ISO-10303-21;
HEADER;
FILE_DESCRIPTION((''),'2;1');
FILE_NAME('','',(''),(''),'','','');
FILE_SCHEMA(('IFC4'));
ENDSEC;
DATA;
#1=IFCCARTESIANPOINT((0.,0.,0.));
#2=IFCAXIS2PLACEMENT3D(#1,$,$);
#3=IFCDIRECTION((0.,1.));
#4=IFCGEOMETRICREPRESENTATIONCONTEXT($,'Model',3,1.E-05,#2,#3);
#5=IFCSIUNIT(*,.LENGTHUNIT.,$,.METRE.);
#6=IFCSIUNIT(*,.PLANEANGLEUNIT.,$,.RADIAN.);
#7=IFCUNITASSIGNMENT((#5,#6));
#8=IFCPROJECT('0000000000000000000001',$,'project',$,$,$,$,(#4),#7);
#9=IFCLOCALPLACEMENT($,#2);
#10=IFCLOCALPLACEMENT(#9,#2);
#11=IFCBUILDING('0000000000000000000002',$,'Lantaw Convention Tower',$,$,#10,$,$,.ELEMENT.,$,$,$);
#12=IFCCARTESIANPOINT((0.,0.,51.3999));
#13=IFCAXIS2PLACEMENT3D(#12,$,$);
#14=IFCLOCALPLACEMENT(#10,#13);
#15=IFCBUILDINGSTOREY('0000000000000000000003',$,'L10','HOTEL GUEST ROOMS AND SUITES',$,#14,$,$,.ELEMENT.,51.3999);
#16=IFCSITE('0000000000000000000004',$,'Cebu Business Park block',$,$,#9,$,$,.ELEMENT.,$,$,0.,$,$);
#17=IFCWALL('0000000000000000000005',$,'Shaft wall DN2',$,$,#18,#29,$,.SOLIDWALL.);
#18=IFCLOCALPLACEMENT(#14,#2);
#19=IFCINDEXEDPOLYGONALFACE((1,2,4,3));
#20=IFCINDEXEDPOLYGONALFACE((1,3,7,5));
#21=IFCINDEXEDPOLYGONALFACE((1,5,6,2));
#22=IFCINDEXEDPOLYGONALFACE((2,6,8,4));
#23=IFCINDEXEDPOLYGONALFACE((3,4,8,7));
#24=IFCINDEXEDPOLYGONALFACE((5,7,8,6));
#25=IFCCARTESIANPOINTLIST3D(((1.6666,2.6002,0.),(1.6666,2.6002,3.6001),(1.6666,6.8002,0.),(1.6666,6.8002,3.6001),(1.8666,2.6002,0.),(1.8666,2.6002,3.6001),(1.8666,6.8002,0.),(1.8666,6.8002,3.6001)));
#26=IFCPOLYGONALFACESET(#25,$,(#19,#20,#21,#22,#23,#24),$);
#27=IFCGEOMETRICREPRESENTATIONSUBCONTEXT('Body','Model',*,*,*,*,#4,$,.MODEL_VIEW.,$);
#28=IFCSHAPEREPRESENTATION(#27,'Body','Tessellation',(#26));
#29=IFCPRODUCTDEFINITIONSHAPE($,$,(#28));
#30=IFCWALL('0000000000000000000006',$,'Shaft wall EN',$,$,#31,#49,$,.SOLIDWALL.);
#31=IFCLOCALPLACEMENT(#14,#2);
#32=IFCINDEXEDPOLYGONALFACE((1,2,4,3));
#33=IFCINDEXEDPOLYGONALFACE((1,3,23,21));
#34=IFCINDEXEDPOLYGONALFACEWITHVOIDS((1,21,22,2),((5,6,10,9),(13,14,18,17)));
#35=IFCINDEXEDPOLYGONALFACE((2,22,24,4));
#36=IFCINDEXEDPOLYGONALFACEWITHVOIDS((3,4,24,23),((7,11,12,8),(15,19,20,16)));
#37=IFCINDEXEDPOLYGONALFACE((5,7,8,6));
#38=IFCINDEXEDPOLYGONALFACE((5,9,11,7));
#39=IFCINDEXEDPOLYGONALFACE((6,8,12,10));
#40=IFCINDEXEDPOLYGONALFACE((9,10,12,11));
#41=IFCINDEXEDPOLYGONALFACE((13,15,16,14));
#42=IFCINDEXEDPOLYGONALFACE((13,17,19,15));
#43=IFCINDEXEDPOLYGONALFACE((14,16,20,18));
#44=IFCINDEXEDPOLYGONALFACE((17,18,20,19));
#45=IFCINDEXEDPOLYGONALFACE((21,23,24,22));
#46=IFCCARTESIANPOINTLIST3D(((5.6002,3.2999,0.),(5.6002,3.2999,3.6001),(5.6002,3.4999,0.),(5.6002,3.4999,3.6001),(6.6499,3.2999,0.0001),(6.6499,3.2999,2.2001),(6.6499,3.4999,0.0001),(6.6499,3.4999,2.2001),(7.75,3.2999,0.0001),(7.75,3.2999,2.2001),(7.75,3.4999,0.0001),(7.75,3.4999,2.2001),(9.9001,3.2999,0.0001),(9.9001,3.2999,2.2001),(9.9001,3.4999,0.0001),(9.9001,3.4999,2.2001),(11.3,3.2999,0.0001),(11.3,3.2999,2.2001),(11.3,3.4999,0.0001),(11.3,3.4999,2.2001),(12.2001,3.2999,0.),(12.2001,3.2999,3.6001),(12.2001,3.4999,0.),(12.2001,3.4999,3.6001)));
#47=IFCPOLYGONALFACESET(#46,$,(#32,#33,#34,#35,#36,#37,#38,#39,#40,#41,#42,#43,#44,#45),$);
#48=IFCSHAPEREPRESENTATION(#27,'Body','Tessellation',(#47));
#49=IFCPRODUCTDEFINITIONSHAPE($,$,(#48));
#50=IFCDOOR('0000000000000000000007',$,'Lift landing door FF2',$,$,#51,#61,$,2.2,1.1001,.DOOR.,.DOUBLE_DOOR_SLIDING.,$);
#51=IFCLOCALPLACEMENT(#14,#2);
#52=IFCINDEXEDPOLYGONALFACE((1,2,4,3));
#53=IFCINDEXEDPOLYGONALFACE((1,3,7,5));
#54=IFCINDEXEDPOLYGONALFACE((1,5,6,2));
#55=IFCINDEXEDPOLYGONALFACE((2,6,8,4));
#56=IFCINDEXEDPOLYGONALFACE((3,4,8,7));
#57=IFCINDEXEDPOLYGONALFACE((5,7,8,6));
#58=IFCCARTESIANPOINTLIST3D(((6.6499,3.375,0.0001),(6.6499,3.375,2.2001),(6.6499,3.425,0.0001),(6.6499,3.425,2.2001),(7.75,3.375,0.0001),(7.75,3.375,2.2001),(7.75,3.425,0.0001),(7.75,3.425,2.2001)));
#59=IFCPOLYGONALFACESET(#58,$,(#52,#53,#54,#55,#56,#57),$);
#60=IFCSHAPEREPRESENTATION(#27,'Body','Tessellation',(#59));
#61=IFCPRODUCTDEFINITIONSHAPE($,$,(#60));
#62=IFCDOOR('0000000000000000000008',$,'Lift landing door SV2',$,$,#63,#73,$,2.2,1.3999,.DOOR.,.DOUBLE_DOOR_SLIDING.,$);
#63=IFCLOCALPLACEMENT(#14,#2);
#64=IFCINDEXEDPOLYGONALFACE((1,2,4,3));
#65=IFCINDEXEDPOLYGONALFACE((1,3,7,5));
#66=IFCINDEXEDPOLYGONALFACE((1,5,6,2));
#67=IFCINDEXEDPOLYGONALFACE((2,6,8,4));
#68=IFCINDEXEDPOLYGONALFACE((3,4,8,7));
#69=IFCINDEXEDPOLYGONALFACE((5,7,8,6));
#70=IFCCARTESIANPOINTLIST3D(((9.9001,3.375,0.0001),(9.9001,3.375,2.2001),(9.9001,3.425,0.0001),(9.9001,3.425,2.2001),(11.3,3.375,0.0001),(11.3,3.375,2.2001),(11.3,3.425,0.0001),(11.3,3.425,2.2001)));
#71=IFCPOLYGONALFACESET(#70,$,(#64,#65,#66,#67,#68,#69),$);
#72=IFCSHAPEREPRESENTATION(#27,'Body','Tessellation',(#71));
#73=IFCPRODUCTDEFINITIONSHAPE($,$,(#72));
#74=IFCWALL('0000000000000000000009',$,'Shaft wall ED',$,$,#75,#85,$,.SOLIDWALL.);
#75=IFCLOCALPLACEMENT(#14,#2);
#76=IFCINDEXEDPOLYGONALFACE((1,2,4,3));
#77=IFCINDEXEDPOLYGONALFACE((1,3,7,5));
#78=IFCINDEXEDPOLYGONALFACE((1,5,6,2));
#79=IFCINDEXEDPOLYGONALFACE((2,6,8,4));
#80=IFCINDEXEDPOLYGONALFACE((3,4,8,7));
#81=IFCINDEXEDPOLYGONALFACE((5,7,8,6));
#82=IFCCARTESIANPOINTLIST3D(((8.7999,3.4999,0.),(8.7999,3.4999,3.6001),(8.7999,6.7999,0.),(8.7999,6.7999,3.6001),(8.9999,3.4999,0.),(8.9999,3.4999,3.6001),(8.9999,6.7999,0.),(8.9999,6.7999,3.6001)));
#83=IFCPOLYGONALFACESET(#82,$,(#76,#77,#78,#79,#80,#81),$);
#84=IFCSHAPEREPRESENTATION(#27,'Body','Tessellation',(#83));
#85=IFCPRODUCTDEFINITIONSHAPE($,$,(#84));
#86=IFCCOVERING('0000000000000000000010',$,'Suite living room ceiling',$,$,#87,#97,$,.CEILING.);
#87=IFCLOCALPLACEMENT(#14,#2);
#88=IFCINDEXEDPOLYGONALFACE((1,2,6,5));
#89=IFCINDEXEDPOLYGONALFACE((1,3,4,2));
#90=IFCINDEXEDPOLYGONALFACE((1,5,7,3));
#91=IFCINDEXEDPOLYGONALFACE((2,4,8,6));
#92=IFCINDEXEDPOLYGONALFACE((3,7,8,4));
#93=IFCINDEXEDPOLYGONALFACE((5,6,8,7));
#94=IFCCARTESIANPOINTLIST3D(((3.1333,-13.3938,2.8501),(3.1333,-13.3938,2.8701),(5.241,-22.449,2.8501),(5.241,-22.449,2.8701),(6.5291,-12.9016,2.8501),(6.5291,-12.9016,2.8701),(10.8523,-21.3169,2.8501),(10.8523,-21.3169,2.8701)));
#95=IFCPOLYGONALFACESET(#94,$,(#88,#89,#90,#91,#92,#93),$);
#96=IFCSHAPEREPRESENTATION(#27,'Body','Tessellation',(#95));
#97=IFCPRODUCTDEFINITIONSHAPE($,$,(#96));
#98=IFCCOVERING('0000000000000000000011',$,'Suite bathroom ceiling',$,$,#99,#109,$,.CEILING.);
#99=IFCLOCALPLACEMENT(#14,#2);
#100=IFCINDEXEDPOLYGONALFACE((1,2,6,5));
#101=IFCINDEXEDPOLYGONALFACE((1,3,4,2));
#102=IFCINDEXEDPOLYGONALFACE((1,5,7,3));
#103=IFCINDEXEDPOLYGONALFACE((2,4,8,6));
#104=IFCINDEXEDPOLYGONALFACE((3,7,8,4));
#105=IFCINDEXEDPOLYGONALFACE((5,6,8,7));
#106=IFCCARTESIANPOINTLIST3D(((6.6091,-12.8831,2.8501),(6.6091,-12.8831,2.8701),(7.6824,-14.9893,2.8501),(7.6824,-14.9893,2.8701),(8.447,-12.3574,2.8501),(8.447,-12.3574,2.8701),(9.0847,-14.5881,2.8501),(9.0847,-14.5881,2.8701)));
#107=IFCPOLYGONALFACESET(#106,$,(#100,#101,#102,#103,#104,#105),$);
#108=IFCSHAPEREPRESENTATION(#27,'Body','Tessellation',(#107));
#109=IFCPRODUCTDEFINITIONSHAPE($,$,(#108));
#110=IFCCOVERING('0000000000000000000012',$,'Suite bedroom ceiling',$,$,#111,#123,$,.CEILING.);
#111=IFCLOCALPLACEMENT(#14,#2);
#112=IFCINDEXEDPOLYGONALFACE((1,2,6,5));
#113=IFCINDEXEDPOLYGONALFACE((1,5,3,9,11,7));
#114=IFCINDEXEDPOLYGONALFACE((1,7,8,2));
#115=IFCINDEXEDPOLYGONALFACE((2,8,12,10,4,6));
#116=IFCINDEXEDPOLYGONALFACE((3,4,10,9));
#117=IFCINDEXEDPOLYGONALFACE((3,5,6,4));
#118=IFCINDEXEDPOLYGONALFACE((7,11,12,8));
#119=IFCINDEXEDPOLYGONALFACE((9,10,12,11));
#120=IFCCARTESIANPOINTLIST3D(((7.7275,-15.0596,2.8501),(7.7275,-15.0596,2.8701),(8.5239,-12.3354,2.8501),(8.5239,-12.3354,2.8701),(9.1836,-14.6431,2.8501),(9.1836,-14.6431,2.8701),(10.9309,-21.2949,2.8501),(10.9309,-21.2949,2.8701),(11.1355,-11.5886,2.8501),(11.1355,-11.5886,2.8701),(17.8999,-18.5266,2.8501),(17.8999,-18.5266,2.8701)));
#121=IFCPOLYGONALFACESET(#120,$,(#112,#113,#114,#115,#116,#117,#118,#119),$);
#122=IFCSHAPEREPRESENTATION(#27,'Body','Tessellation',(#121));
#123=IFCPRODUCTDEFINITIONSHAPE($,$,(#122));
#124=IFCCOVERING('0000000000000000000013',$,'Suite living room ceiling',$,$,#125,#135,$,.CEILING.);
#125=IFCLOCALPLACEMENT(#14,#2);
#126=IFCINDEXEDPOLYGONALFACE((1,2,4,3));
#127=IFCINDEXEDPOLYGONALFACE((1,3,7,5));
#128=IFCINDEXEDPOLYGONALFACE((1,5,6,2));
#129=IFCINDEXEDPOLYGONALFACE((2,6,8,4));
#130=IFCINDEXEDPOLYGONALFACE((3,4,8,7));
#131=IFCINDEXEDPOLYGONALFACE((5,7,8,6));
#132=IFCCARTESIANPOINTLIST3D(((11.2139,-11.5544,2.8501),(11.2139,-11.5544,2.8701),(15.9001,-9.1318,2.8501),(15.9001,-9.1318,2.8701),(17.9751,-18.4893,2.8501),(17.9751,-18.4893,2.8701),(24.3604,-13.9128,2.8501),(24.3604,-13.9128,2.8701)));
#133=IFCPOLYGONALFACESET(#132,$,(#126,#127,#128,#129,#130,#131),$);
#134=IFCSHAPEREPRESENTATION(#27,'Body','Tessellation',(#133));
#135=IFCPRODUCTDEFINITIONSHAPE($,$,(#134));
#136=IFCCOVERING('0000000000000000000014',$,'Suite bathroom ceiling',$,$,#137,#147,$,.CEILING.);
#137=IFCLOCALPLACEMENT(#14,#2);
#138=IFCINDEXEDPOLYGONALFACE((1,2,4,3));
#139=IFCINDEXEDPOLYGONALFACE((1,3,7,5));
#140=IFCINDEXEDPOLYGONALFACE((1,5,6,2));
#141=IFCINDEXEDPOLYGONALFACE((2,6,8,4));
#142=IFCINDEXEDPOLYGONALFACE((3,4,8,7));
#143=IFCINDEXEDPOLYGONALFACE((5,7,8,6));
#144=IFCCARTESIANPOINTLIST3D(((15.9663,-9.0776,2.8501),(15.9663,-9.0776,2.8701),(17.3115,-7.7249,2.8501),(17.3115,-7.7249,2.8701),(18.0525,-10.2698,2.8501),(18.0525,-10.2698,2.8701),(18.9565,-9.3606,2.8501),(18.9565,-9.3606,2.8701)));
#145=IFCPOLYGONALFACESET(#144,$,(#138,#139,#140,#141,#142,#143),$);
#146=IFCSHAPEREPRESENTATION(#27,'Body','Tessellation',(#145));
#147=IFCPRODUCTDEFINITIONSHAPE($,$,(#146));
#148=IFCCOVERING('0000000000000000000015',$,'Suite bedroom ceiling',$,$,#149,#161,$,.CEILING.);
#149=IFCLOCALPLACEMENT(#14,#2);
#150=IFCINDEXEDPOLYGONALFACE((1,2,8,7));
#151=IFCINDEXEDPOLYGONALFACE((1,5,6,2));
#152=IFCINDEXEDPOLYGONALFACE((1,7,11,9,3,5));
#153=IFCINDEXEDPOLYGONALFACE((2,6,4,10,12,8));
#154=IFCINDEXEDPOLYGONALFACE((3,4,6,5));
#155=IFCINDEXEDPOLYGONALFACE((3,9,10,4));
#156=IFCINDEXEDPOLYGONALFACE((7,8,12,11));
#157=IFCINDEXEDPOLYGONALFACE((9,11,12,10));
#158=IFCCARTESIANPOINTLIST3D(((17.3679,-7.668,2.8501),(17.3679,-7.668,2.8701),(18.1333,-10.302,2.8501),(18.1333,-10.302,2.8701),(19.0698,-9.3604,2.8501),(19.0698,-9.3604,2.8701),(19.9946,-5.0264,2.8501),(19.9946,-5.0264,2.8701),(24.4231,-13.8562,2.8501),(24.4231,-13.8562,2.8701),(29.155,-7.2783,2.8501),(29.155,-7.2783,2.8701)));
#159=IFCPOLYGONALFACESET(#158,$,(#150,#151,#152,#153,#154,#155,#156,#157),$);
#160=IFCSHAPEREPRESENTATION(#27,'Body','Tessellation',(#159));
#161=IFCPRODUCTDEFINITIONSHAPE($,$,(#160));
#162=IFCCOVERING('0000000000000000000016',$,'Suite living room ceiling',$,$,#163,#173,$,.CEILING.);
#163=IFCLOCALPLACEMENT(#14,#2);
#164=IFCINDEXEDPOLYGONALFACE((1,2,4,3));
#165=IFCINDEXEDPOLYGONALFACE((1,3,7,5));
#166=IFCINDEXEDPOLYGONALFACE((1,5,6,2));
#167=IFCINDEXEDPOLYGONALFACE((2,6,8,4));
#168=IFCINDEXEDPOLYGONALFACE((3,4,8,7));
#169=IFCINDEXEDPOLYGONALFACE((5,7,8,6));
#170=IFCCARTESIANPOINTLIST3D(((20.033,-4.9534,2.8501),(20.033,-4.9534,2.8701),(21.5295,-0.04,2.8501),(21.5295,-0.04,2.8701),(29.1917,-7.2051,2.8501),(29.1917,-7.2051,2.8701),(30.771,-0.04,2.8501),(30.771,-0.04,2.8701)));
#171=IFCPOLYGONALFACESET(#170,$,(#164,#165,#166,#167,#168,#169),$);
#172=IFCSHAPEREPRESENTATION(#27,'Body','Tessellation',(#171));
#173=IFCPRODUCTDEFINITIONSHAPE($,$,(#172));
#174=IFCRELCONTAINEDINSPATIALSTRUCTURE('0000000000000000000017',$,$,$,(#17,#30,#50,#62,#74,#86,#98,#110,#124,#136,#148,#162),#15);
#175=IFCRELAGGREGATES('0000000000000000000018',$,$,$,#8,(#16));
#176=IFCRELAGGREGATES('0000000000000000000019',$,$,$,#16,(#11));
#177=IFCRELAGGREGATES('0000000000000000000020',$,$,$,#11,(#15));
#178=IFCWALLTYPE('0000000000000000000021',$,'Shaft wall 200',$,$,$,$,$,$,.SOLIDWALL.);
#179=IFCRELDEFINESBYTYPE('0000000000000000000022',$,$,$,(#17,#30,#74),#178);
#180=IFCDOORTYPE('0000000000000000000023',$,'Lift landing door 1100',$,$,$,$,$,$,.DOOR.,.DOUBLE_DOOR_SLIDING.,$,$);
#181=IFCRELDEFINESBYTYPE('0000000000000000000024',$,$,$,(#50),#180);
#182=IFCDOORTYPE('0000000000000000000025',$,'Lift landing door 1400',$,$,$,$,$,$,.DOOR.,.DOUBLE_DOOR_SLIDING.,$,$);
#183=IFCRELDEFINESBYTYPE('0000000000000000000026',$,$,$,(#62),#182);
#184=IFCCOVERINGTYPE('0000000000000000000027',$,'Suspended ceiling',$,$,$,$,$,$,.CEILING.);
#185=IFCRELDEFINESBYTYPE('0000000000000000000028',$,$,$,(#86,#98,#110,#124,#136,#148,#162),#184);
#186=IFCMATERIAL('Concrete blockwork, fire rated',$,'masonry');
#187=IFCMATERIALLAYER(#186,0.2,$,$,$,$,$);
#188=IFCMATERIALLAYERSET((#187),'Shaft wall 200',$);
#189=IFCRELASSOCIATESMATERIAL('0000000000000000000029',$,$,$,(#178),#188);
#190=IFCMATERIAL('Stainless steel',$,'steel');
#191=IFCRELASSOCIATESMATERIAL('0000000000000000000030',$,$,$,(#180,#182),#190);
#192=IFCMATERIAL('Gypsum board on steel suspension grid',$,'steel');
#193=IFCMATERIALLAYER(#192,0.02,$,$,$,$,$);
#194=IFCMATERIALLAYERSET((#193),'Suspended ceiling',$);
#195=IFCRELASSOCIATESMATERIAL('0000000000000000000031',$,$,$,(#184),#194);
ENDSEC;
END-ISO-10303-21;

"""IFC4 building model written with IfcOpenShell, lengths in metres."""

from ifc_helpers import new_model, si_unit, direction, frame, frame_2d, origin, place, context, subcontext, project, spatial, polyline, rectangle, outline, extrude, material, layer, layer_set, type_object, element, fill, save


model = new_model("IFC4")

# Units and contexts
model_context = context("Model", 3, precision=1e-05, world=origin(), true_north=direction((0.0, 1.0)))
body_context = subcontext(model_context, "Body", "Model", "MODEL_VIEW")
ifc_project = project(units=[si_unit("LENGTHUNIT", "METRE"), si_unit("PLANEANGLEUNIT", "RADIAN")], contexts=[model_context])

# Site, building, storey
site_placement = place(None, origin())
site = spatial("IfcSite", under=ifc_project, at=site_placement, Name="Cebu Business Park block", CompositionType="ELEMENT", RefElevation=0.0)
building_placement = place(site_placement, origin())
building = spatial("IfcBuilding", under=site, at=building_placement, Name="Lantaw Convention Tower", CompositionType="ELEMENT")
storey_placement = place(building_placement, frame((0.0, 0.0, 51.3999)))
storey = spatial("IfcBuildingStorey", under=building, at=storey_placement, Name="L10", Description="HOTEL GUEST ROOMS AND SUITES", CompositionType="ELEMENT", Elevation=51.3999)

# Wall
ifc_material_1 = material(Name="Concrete blockwork, fire rated", Category="masonry")
ifc_layer_1 = layer(ifc_material_1, 0.2)
ifc_layer_set_1 = layer_set([ifc_layer_1], Name="Shaft wall 200")
wall_type_1 = type_object("IfcWallType", Name="Shaft wall 200", PredefinedType="SOLIDWALL", material=ifc_layer_set_1)
wall_1_placement = place(storey_placement, frame((1.7666, 2.6001, 0.0), z_axis=(0.0, 0.0, 1.0), x_axis=(0.0, 1.0, 0.0)))
element("IfcWall", 1, at=wall_1_placement, inside=storey, type_object=wall_type_1, Name="Shaft wall DN2", PredefinedType="SOLIDWALL", context=body_context, shape_type="SweptSolid", body=[
    extrude(rectangle(XDim=4.2, YDim=0.2, at=frame_2d((2.1001, 0.0))), origin(), (0.0, 0.0, 1.0), 3.6001),
])

# Wall, openings, doors
wall_2_placement = place(storey_placement, frame((12.2, 3.3999, 0.0), z_axis=(0.0, 0.0, 1.0), x_axis=(-1.0, 0.0, 0.0)))
wall_2 = element("IfcWall", 2, at=wall_2_placement, inside=storey, type_object=wall_type_1, Name="Shaft wall EN", PredefinedType="SOLIDWALL", context=body_context, shape_type="SweptSolid", body=[
    extrude(rectangle(XDim=6.5999, YDim=0.2, at=frame_2d((3.2998, 0.0))), origin(), (0.0, 0.0, 1.0), 3.6001),
])
opening_1_placement = place(wall_2_placement, frame((4.45, 0.0, 0.0)))
opening_1 = element("IfcOpeningElement", 3, at=opening_1_placement, cuts=wall_2, PredefinedType="OPENING", context=body_context, shape_type="SweptSolid", body=[
    extrude(rectangle(XDim=1.1001, YDim=2.2, at=frame_2d((0.55, 1.1001))), frame((0.0, 0.1099, 0.0), z_axis=(0.0, -1.0, 0.0), x_axis=(1.0, 0.0, 0.0)), (0.0, 0.0, 1.0), 0.22),
])
opening_2_placement = place(wall_2_placement, frame((0.8999, 0.0, 0.0)))
opening_2 = element("IfcOpeningElement", 4, at=opening_2_placement, cuts=wall_2, PredefinedType="OPENING", context=body_context, shape_type="SweptSolid", body=[
    extrude(rectangle(XDim=1.3999, YDim=2.2, at=frame_2d((0.7, 1.1001))), frame((0.0, 0.1099, 0.0), z_axis=(0.0, -1.0, 0.0), x_axis=(1.0, 0.0, 0.0)), (0.0, 0.0, 1.0), 0.22),
])
ifc_material_2 = material(Name="Stainless steel", Category="steel")
door_type_1 = type_object("IfcDoorType", Name="Lift landing door 1100", OperationType="DOUBLE_DOOR_SLIDING", PredefinedType="DOOR", material=ifc_material_2)
door_1_placement = place(opening_1_placement, origin())
door_1 = element("IfcDoor", 5, at=door_1_placement, inside=storey, type_object=door_type_1, Name="Lift landing door FF2", OperationType="DOUBLE_DOOR_SLIDING", OverallHeight=2.2, OverallWidth=1.1001, PredefinedType="DOOR", context=body_context, shape_type="SweptSolid", body=[
    extrude(rectangle(XDim=1.1001, YDim=2.2, at=frame_2d((0.55, 1.1001))), frame((0.0, 0.0249, 0.0), z_axis=(0.0, -1.0, 0.0), x_axis=(1.0, 0.0, 0.0)), (0.0, 0.0, 1.0), 0.05),
])
fill(opening_1, door_1)
door_type_2 = type_object("IfcDoorType", Name="Lift landing door 1400", OperationType="DOUBLE_DOOR_SLIDING", PredefinedType="DOOR", material=ifc_material_2)
door_2_placement = place(opening_2_placement, origin())
door_2 = element("IfcDoor", 6, at=door_2_placement, inside=storey, type_object=door_type_2, Name="Lift landing door SV2", OperationType="DOUBLE_DOOR_SLIDING", OverallHeight=2.2, OverallWidth=1.3999, PredefinedType="DOOR", context=body_context, shape_type="SweptSolid", body=[
    extrude(rectangle(XDim=1.3999, YDim=2.2, at=frame_2d((0.7, 1.1001))), frame((0.0, 0.0249, 0.0), z_axis=(0.0, -1.0, 0.0), x_axis=(1.0, 0.0, 0.0)), (0.0, 0.0, 1.0), 0.05),
])
fill(opening_2, door_2)

# Wall
wall_3_placement = place(storey_placement, frame((8.8999, 3.5, 0.0), z_axis=(0.0, 0.0, 1.0), x_axis=(0.0, 1.0, 0.0)))
element("IfcWall", 7, at=wall_3_placement, inside=storey, type_object=wall_type_1, Name="Shaft wall ED", PredefinedType="SOLIDWALL", context=body_context, shape_type="SweptSolid", body=[
    extrude(rectangle(XDim=3.3, YDim=0.2, at=frame_2d((1.6499, 0.0))), origin(), (0.0, 0.0, 1.0), 3.6001),
])

# Coverings
ifc_material_3 = material(Name="Gypsum board on steel suspension grid", Category="steel")
ifc_layer_2 = layer(ifc_material_3, 0.02)
ifc_layer_set_2 = layer_set([ifc_layer_2], Name="Suspended ceiling")
covering_type = type_object("IfcCoveringType", Name="Suspended ceiling", PredefinedType="CEILING", material=ifc_layer_set_2)
covering_1_placement = place(storey_placement, frame((0.0, 0.0, 2.8501)))
element("IfcCovering", 8, at=covering_1_placement, inside=storey, type_object=covering_type, Name="Suite living room ceiling", PredefinedType="CEILING", context=body_context, shape_type="SweptSolid", body=[
    extrude(outline(polyline([(3.1333, -13.3938), (5.241, -22.449), (10.8523, -21.3169), (6.5291, -12.9016), (3.1333, -13.3938)])), origin(), (0.0, 0.0, 1.0), 0.02),
])
covering_2_placement = place(storey_placement, frame((0.0, 0.0, 2.8501)))
element("IfcCovering", 9, at=covering_2_placement, inside=storey, type_object=covering_type, Name="Suite bathroom ceiling", PredefinedType="CEILING", context=body_context, shape_type="SweptSolid", body=[
    extrude(outline(polyline([(6.6091, -12.8831), (7.6824, -14.9893), (9.0847, -14.5881), (8.447, -12.3574), (6.6091, -12.8831)])), origin(), (0.0, 0.0, 1.0), 0.02),
])
covering_3_placement = place(storey_placement, frame((0.0, 0.0, 2.8501)))
element("IfcCovering", 10, at=covering_3_placement, inside=storey, type_object=covering_type, Name="Suite bedroom ceiling", PredefinedType="CEILING", context=body_context, shape_type="SweptSolid", body=[
    extrude(outline(polyline([(11.1355, -11.5886), (8.5239, -12.3354), (9.1836, -14.6431), (7.7275, -15.0596), (10.9309, -21.2949), (17.8999, -18.5266), (11.1355, -11.5886)])), origin(), (0.0, 0.0, 1.0), 0.02),
])
covering_4_placement = place(storey_placement, frame((0.0, 0.0, 2.8501)))
element("IfcCovering", 11, at=covering_4_placement, inside=storey, type_object=covering_type, Name="Suite living room ceiling", PredefinedType="CEILING", context=body_context, shape_type="SweptSolid", body=[
    extrude(outline(polyline([(11.2139, -11.5544), (17.9751, -18.4893), (24.3604, -13.9128), (15.9001, -9.1318), (11.2139, -11.5544)])), origin(), (0.0, 0.0, 1.0), 0.02),
])
covering_5_placement = place(storey_placement, frame((0.0, 0.0, 2.8501)))
element("IfcCovering", 12, at=covering_5_placement, inside=storey, type_object=covering_type, Name="Suite bathroom ceiling", PredefinedType="CEILING", context=body_context, shape_type="SweptSolid", body=[
    extrude(outline(polyline([(15.9663, -9.0776), (18.0525, -10.2698), (18.9565, -9.3606), (17.3115, -7.7249), (15.9663, -9.0776)])), origin(), (0.0, 0.0, 1.0), 0.02),
])
covering_6_placement = place(storey_placement, frame((0.0, 0.0, 2.8501)))
element("IfcCovering", 13, at=covering_6_placement, inside=storey, type_object=covering_type, Name="Suite bedroom ceiling", PredefinedType="CEILING", context=body_context, shape_type="SweptSolid", body=[
    extrude(outline(polyline([(17.3679, -7.668), (19.0698, -9.3604), (18.1333, -10.302), (24.4231, -13.8562), (29.155, -7.2783), (19.9946, -5.0264), (17.3679, -7.668)])), origin(), (0.0, 0.0, 1.0), 0.02),
])
covering_7_placement = place(storey_placement, frame((0.0, 0.0, 2.8501)))
element("IfcCovering", 14, at=covering_7_placement, inside=storey, type_object=covering_type, Name="Suite living room ceiling", PredefinedType="CEILING", context=body_context, shape_type="SweptSolid", body=[
    extrude(outline(polyline([(20.033, -4.9534), (29.1917, -7.2051), (30.771, -0.04), (21.5295, -0.04), (20.033, -4.9534)])), origin(), (0.0, 0.0, 1.0), 0.02),
])

save(model, "model.ifc")
